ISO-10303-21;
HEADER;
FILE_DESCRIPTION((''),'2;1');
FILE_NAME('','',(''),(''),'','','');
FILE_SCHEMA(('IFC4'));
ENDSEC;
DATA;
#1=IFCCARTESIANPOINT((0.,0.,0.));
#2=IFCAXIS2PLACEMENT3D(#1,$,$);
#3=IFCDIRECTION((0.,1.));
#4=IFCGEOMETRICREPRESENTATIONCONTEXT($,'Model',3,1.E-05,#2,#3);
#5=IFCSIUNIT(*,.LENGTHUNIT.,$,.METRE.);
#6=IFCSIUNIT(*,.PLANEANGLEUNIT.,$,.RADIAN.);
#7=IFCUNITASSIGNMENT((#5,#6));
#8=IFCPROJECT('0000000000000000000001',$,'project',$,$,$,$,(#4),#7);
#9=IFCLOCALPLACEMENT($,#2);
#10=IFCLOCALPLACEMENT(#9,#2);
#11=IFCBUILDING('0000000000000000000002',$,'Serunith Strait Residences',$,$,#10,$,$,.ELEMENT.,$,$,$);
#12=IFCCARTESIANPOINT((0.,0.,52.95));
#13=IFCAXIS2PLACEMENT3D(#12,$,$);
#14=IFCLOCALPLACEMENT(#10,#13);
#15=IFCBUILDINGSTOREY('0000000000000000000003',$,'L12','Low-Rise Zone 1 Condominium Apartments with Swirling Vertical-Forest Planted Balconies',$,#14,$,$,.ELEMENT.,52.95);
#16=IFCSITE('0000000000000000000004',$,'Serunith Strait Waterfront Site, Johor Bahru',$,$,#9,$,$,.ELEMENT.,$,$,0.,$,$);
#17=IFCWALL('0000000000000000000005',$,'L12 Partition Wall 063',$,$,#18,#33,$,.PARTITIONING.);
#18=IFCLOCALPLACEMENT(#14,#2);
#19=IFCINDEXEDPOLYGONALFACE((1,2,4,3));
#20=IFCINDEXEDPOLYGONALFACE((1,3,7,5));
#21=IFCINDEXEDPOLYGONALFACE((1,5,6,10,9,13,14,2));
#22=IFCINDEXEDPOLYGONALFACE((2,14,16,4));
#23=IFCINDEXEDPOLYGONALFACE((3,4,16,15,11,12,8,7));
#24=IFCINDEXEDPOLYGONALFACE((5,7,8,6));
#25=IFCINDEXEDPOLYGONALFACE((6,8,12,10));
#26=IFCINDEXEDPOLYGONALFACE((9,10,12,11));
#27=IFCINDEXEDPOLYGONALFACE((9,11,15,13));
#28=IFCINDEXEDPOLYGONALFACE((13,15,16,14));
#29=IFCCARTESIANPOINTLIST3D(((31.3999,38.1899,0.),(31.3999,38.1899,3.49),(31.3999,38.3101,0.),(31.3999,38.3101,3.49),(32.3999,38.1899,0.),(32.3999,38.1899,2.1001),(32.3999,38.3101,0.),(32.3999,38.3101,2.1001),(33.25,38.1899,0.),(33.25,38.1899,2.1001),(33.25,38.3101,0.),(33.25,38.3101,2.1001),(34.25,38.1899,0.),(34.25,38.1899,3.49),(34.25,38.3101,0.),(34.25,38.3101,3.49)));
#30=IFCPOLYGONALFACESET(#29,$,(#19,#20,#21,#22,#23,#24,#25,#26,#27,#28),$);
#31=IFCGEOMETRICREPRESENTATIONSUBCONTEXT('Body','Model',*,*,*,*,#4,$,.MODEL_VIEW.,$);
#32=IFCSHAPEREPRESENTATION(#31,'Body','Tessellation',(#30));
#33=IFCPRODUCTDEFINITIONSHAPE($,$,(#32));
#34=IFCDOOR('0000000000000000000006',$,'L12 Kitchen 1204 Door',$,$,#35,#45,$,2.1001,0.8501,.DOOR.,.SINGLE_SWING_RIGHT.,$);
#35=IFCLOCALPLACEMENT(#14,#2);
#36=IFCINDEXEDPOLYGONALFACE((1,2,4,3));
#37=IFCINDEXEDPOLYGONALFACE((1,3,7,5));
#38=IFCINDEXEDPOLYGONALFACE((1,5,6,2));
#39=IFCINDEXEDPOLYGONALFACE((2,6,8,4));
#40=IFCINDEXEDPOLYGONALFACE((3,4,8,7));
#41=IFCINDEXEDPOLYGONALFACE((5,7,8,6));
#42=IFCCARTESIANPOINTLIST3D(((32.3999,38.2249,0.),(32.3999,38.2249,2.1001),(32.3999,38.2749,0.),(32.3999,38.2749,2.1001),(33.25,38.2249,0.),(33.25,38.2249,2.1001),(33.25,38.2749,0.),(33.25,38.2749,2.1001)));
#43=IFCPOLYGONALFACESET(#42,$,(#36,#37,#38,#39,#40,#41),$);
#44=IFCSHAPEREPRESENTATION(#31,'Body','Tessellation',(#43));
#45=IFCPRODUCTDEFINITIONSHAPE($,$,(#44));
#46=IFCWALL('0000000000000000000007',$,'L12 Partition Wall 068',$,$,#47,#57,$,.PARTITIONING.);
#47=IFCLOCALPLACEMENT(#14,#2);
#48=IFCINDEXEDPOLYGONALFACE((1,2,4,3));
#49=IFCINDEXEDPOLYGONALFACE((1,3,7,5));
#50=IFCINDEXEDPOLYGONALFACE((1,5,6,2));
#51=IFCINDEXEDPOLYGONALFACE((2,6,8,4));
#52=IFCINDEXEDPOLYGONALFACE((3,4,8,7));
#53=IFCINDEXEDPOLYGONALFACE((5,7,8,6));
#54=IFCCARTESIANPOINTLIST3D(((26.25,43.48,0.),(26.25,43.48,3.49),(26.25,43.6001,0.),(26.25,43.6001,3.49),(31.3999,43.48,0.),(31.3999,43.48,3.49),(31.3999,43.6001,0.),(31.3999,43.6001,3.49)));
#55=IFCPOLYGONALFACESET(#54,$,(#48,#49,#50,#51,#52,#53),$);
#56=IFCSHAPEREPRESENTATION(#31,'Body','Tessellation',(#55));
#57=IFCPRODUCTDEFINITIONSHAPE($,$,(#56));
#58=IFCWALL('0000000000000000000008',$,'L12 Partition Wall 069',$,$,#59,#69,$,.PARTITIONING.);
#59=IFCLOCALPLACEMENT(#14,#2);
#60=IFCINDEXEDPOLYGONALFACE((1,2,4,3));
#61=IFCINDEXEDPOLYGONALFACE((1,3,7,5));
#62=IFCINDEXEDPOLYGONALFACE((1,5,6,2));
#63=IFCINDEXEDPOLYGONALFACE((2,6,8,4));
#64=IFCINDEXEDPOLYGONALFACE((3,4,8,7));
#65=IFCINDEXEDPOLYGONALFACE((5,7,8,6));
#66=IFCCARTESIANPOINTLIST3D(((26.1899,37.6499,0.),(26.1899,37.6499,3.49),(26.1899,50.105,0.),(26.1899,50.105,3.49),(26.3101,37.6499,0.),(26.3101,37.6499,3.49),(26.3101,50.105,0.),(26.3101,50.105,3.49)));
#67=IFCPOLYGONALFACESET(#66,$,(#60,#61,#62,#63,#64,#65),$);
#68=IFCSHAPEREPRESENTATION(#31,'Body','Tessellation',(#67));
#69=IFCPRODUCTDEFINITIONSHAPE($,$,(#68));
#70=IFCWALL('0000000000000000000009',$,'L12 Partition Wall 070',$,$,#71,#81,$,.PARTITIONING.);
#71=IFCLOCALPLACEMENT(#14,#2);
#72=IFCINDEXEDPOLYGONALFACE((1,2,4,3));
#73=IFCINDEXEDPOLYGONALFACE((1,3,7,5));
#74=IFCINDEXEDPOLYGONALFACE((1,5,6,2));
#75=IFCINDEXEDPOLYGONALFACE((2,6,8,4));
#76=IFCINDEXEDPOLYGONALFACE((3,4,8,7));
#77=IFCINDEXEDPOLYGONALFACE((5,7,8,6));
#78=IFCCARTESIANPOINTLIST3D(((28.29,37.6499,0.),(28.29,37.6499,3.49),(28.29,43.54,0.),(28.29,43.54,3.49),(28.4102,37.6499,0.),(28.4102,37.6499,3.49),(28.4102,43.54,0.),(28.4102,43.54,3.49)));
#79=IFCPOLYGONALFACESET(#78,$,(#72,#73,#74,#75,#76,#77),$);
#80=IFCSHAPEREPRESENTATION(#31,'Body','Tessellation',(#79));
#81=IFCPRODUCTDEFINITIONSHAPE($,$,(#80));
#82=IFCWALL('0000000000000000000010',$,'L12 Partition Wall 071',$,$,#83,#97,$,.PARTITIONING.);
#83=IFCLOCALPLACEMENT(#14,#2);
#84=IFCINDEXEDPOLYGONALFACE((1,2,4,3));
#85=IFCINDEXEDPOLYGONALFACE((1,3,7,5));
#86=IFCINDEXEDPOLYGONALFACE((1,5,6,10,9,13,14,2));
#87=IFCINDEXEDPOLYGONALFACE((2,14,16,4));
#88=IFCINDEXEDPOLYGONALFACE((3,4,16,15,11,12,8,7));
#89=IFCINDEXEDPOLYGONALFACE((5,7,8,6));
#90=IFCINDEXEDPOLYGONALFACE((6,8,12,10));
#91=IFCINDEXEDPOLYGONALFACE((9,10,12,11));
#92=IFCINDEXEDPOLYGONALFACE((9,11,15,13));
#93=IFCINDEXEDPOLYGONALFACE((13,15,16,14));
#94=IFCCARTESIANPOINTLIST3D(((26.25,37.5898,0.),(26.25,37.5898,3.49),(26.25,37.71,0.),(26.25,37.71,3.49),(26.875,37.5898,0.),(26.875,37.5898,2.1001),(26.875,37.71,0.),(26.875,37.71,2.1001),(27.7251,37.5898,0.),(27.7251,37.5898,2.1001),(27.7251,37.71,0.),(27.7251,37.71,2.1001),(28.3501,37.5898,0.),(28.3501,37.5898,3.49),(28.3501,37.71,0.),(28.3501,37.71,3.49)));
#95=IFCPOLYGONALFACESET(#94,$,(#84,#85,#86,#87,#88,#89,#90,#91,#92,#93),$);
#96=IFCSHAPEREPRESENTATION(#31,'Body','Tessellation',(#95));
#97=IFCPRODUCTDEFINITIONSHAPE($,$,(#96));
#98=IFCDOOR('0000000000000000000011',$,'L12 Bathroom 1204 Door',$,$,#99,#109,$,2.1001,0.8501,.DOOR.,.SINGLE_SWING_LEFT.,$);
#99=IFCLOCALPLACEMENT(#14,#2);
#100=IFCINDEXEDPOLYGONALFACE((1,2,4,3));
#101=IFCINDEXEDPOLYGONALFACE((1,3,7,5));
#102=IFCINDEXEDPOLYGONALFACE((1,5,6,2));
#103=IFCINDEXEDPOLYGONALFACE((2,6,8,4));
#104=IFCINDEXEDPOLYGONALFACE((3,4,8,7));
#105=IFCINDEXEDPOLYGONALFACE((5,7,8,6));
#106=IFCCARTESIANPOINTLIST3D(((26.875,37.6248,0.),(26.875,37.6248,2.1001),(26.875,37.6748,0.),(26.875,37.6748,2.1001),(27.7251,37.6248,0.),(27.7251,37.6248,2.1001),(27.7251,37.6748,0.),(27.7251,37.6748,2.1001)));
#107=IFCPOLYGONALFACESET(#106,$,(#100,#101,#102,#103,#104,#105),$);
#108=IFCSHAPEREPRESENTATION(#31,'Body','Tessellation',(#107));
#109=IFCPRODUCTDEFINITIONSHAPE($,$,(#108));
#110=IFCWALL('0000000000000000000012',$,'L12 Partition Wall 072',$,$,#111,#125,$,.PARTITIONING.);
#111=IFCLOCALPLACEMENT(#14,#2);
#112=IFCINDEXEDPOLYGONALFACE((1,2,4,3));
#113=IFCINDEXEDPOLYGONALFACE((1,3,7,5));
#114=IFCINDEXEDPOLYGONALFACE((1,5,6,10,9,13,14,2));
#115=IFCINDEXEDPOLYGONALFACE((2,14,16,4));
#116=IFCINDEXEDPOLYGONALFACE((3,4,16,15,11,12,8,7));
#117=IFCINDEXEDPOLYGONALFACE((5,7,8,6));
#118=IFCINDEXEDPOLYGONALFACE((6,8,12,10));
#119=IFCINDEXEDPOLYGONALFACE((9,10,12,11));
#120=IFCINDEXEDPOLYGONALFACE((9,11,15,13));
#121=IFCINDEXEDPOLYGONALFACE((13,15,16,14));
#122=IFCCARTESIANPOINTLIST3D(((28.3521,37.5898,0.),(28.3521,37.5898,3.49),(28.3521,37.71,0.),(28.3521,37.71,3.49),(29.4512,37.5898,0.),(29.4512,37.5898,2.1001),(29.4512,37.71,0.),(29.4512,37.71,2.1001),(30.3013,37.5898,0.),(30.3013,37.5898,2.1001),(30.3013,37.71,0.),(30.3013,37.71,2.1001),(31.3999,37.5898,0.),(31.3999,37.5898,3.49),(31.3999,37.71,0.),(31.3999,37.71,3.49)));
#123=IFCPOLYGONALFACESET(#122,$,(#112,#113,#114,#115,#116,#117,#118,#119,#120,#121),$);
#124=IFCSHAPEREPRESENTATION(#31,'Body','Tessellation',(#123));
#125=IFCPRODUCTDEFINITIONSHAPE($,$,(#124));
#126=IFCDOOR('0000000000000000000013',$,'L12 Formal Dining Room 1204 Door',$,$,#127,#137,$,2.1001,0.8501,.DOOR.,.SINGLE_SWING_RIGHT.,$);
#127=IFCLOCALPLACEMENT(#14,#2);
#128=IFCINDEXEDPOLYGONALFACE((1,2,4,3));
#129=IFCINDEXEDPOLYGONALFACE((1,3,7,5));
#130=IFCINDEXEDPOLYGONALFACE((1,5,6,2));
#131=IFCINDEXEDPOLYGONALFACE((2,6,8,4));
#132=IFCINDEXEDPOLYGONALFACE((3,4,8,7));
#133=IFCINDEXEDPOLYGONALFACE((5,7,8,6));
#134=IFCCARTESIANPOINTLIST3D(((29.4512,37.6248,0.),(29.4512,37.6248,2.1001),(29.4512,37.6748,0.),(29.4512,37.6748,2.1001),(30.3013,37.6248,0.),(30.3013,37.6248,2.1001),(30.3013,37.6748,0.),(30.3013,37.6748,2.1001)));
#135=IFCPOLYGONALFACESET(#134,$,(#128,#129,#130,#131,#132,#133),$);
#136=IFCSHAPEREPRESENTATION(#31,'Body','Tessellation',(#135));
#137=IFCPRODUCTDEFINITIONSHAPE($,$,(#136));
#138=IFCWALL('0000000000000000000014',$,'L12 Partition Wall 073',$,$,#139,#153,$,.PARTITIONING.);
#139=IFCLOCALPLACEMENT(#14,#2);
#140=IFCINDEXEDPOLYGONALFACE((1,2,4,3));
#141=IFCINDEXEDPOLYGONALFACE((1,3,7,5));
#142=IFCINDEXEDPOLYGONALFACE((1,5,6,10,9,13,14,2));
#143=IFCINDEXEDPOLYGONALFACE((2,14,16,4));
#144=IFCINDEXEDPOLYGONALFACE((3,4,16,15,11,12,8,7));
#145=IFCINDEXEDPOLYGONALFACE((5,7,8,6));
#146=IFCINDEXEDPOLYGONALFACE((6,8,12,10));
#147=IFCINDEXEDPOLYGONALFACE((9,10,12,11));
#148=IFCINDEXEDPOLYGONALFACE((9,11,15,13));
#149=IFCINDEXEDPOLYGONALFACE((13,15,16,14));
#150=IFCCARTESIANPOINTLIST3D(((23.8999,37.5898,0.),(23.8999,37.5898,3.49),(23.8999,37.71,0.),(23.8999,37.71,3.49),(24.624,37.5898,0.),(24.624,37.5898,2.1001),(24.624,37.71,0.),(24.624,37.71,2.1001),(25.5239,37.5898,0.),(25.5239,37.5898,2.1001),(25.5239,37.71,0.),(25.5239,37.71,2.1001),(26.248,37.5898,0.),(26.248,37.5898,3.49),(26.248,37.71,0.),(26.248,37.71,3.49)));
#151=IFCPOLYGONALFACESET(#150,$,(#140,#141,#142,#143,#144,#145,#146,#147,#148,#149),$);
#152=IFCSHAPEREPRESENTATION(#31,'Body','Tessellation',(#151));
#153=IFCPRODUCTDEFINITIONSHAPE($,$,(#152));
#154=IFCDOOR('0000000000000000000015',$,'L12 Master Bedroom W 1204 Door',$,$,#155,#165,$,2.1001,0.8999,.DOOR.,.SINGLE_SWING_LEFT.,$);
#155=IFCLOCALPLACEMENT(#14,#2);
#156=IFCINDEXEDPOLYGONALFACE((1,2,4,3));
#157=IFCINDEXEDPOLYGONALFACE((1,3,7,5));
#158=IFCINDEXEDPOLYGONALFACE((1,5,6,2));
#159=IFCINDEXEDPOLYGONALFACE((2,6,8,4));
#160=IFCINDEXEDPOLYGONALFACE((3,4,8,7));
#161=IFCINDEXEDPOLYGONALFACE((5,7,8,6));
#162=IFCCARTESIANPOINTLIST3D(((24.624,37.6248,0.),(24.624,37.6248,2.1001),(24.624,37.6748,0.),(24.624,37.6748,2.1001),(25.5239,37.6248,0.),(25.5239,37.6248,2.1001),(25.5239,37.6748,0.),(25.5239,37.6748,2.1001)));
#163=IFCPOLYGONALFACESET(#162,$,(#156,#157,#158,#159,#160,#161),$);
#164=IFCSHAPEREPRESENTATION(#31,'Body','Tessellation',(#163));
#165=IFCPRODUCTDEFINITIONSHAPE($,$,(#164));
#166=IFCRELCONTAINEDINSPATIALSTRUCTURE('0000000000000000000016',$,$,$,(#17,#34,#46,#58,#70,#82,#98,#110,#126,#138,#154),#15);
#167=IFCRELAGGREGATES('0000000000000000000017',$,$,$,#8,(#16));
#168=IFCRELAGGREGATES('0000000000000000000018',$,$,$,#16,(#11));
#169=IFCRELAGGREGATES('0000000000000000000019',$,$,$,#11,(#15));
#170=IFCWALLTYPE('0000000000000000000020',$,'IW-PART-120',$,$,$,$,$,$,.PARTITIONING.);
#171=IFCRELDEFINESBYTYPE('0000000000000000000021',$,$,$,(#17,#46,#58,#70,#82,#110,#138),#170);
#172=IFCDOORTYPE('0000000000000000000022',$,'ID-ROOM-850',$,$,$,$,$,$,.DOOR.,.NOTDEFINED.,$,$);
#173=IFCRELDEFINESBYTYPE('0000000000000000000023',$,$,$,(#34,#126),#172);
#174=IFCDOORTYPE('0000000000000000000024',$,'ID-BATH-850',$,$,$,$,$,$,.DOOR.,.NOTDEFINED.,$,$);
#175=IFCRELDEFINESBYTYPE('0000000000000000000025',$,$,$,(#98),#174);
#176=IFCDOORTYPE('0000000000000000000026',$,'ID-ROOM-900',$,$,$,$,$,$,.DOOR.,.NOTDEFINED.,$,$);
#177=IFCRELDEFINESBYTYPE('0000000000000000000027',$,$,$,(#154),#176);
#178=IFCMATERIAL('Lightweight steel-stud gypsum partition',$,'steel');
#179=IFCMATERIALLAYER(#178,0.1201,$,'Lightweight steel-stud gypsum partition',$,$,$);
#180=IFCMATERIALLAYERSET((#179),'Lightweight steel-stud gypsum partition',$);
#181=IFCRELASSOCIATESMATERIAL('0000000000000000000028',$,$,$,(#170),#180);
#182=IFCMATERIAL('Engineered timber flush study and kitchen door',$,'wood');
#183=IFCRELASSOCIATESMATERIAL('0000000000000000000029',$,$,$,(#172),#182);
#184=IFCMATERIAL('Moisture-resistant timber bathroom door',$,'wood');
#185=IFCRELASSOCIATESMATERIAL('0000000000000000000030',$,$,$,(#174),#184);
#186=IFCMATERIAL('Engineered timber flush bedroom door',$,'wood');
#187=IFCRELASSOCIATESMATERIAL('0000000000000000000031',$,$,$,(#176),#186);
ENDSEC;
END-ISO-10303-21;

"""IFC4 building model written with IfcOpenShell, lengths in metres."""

from ifc_helpers import new_model, si_unit, direction, frame, frame_2d, origin, place, context, subcontext, project, spatial, rectangle, extrude, source, transform, mapped, material, layer, layer_set, type_object, element, fill, save


model = new_model("IFC4")

# Units and contexts
model_context = context("Model", 3, precision=1e-05, world=origin(), true_north=direction((0.0, 1.0)))
body_context = subcontext(model_context, "Body", "Model", "MODEL_VIEW")
ifc_project = project(units=[si_unit("LENGTHUNIT", "METRE"), si_unit("PLANEANGLEUNIT", "RADIAN")], contexts=[model_context])

# Site, building, storey
site_placement = place(None, origin())
site = spatial("IfcSite", under=ifc_project, at=site_placement, Name="Serunith Strait Waterfront Site, Johor Bahru", CompositionType="ELEMENT", RefElevation=0.0)
building_placement = place(site_placement, origin())
building = spatial("IfcBuilding", under=site, at=building_placement, Name="Serunith Strait Residences", CompositionType="ELEMENT")
storey_placement = place(building_placement, frame((0.0, 0.0, 52.95)))
storey = spatial("IfcBuildingStorey", under=building, at=storey_placement, Name="L12", Description="Low-Rise Zone 1 Condominium Apartments with Swirling Vertical-Forest Planted Balconies", CompositionType="ELEMENT", Elevation=52.95)

# Wall, opening, door
ifc_material_1 = material(Name="Lightweight steel-stud gypsum partition", Category="steel")
ifc_layer_1 = layer(ifc_material_1, 0.1201, Name="Lightweight steel-stud gypsum partition")
ifc_layer_set_1 = layer_set([ifc_layer_1], Name="Lightweight steel-stud gypsum partition")
wall_type = type_object("IfcWallType", Name="IW-PART-120", PredefinedType="PARTITIONING", material=ifc_layer_set_1)
wall_1_placement = place(storey_placement, frame((31.3999, 38.25, 0.0), z_axis=(0.0, 0.0, 1.0), x_axis=(1.0, 0.0, 0.0)))
wall_1 = element("IfcWall", 1, at=wall_1_placement, inside=storey, type_object=wall_type, Name="L12 Partition Wall 063", PredefinedType="PARTITIONING", context=body_context, shape_type="SweptSolid", body=[
    extrude(rectangle(XDim=2.8501, YDim=0.1201, at=frame_2d((1.425, 0.0))), origin(), (0.0, 0.0, 1.0), 3.49),
])
opening_1_placement = place(wall_1_placement, frame((1.0, 0.0, 0.0)))
opening_1 = element("IfcOpeningElement", 2, at=opening_1_placement, cuts=wall_1, PredefinedType="OPENING", context=body_context, shape_type="SweptSolid", body=[
    extrude(rectangle(XDim=0.8501, YDim=2.1001, at=frame_2d((0.425, 1.05))), frame((0.0, 0.0701, 0.0), z_axis=(0.0, -1.0, 0.0), x_axis=(1.0, 0.0, 0.0)), (0.0, 0.0, 1.0), 0.1401),
])
ifc_material_2 = material(Name="Engineered timber flush study and kitchen door", Category="wood")
door_type_1 = type_object("IfcDoorType", Name="ID-ROOM-850", OperationType="NOTDEFINED", PredefinedType="DOOR", material=ifc_material_2)
shared_shape_1 = source(origin(), body_context, "Body", "SweptSolid", [
    extrude(rectangle(XDim=0.8501, YDim=2.1001, at=frame_2d((0.425, 1.05))), frame((0.0, 0.0249, 0.0), z_axis=(0.0, -1.0, 0.0), x_axis=(1.0, 0.0, 0.0)), (0.0, 0.0, 1.0), 0.05),
])
door_1_placement = place(opening_1_placement, origin())
door_1 = element("IfcDoor", 3, at=door_1_placement, inside=storey, type_object=door_type_1, Name="L12 Kitchen 1204 Door", OperationType="SINGLE_SWING_RIGHT", OverallHeight=2.1001, OverallWidth=0.8501, PredefinedType="DOOR", context=body_context, shape_type="MappedRepresentation", body=[
    mapped(shared_shape_1, transform((0.0, 0.0, 0.0), scale=1.0)),
])
fill(opening_1, door_1)

# Walls
wall_2_placement = place(storey_placement, frame((26.25, 43.54, 0.0), z_axis=(0.0, 0.0, 1.0), x_axis=(1.0, 0.0, 0.0)))
element("IfcWall", 4, at=wall_2_placement, inside=storey, type_object=wall_type, Name="L12 Partition Wall 068", PredefinedType="PARTITIONING", context=body_context, shape_type="SweptSolid", body=[
    extrude(rectangle(XDim=5.1499, YDim=0.1201, at=frame_2d((2.575, 0.0))), origin(), (0.0, 0.0, 1.0), 3.49),
])
wall_3_placement = place(storey_placement, frame((26.25, 50.105, 0.0), z_axis=(0.0, 0.0, 1.0), x_axis=(0.0, -1.0, 0.0)))
element("IfcWall", 5, at=wall_3_placement, inside=storey, type_object=wall_type, Name="L12 Partition Wall 069", PredefinedType="PARTITIONING", context=body_context, shape_type="SweptSolid", body=[
    extrude(rectangle(XDim=12.4551, YDim=0.1201, at=frame_2d((6.2275, 0.0))), origin(), (0.0, 0.0, 1.0), 3.49),
])
wall_4_placement = place(storey_placement, frame((28.3501, 43.54, 0.0), z_axis=(0.0, 0.0, 1.0), x_axis=(0.0, -1.0, 0.0)))
element("IfcWall", 6, at=wall_4_placement, inside=storey, type_object=wall_type, Name="L12 Partition Wall 070", PredefinedType="PARTITIONING", context=body_context, shape_type="SweptSolid", body=[
    extrude(rectangle(XDim=5.8901, YDim=0.1201, at=frame_2d((2.9451, 0.0))), origin(), (0.0, 0.0, 1.0), 3.49),
])

# Walls, openings, doors
wall_5_placement = place(storey_placement, frame((26.25, 37.6499, 0.0), z_axis=(0.0, 0.0, 1.0), x_axis=(1.0, 0.0, 0.0)))
wall_5 = element("IfcWall", 7, at=wall_5_placement, inside=storey, type_object=wall_type, Name="L12 Partition Wall 071", PredefinedType="PARTITIONING", context=body_context, shape_type="SweptSolid", body=[
    extrude(rectangle(XDim=2.1001, YDim=0.1201, at=frame_2d((1.05, 0.0))), origin(), (0.0, 0.0, 1.0), 3.49),
])
opening_2_placement = place(wall_5_placement, frame((0.625, 0.0, 0.0)))
opening_2 = element("IfcOpeningElement", 8, at=opening_2_placement, cuts=wall_5, PredefinedType="OPENING", context=body_context, shape_type="SweptSolid", body=[
    extrude(rectangle(XDim=0.8501, YDim=2.1001, at=frame_2d((0.425, 1.05))), frame((0.0, 0.0701, 0.0), z_axis=(0.0, -1.0, 0.0), x_axis=(1.0, 0.0, 0.0)), (0.0, 0.0, 1.0), 0.1401),
])
ifc_material_3 = material(Name="Moisture-resistant timber bathroom door", Category="wood")
door_type_2 = type_object("IfcDoorType", Name="ID-BATH-850", OperationType="NOTDEFINED", PredefinedType="DOOR", material=ifc_material_3)
door_2_placement = place(opening_2_placement, origin())
door_2 = element("IfcDoor", 9, at=door_2_placement, inside=storey, type_object=door_type_2, Name="L12 Bathroom 1204 Door", OperationType="SINGLE_SWING_LEFT", OverallHeight=2.1001, OverallWidth=0.8501, PredefinedType="DOOR", context=body_context, shape_type="MappedRepresentation", body=[
    mapped(shared_shape_1, transform((0.0, 0.0, 0.0), scale=1.0)),
])
fill(opening_2, door_2)
wall_6_placement = place(storey_placement, frame((28.3521, 37.6499, 0.0), z_axis=(0.0, 0.0, 1.0), x_axis=(1.0, 0.0, 0.0)))
wall_6 = element("IfcWall", 10, at=wall_6_placement, inside=storey, type_object=wall_type, Name="L12 Partition Wall 072", PredefinedType="PARTITIONING", context=body_context, shape_type="SweptSolid", body=[
    extrude(rectangle(XDim=3.0479, YDim=0.1201, at=frame_2d((1.5239, 0.0))), origin(), (0.0, 0.0, 1.0), 3.49),
])
opening_3_placement = place(wall_6_placement, frame((1.0991, 0.0, 0.0)))
opening_3 = element("IfcOpeningElement", 11, at=opening_3_placement, cuts=wall_6, PredefinedType="OPENING", context=body_context, shape_type="SweptSolid", body=[
    extrude(rectangle(XDim=0.8501, YDim=2.1001, at=frame_2d((0.425, 1.05))), frame((0.0, 0.0701, 0.0), z_axis=(0.0, -1.0, 0.0), x_axis=(1.0, 0.0, 0.0)), (0.0, 0.0, 1.0), 0.1401),
])
door_3_placement = place(opening_3_placement, origin())
door_3 = element("IfcDoor", 12, at=door_3_placement, inside=storey, type_object=door_type_1, Name="L12 Formal Dining Room 1204 Door", OperationType="SINGLE_SWING_RIGHT", OverallHeight=2.1001, OverallWidth=0.8501, PredefinedType="DOOR", context=body_context, shape_type="MappedRepresentation", body=[
    mapped(shared_shape_1, transform((0.0, 0.0, 0.0), scale=1.0)),
])
fill(opening_3, door_3)
wall_7_placement = place(storey_placement, frame((23.8999, 37.6499, 0.0), z_axis=(0.0, 0.0, 1.0), x_axis=(1.0, 0.0, 0.0)))
wall_7 = element("IfcWall", 13, at=wall_7_placement, inside=storey, type_object=wall_type, Name="L12 Partition Wall 073", PredefinedType="PARTITIONING", context=body_context, shape_type="SweptSolid", body=[
    extrude(rectangle(XDim=2.3481, YDim=0.1201, at=frame_2d((1.1741, 0.0))), origin(), (0.0, 0.0, 1.0), 3.49),
])
opening_4_placement = place(wall_7_placement, frame((0.7241, 0.0, 0.0)))
opening_4 = element("IfcOpeningElement", 14, at=opening_4_placement, cuts=wall_7, PredefinedType="OPENING", context=body_context, shape_type="SweptSolid", body=[
    extrude(rectangle(XDim=0.8999, YDim=2.1001, at=frame_2d((0.45, 1.05))), frame((0.0, 0.0701, 0.0), z_axis=(0.0, -1.0, 0.0), x_axis=(1.0, 0.0, 0.0)), (0.0, 0.0, 1.0), 0.1401),
])
ifc_material_4 = material(Name="Engineered timber flush bedroom door", Category="wood")
door_type_3 = type_object("IfcDoorType", Name="ID-ROOM-900", OperationType="NOTDEFINED", PredefinedType="DOOR", material=ifc_material_4)
shared_shape_2 = source(origin(), body_context, "Body", "SweptSolid", [
    extrude(rectangle(XDim=0.8999, YDim=2.1001, at=frame_2d((0.45, 1.05))), frame((0.0, 0.0249, 0.0), z_axis=(0.0, -1.0, 0.0), x_axis=(1.0, 0.0, 0.0)), (0.0, 0.0, 1.0), 0.05),
])
door_4_placement = place(opening_4_placement, origin())
door_4 = element("IfcDoor", 15, at=door_4_placement, inside=storey, type_object=door_type_3, Name="L12 Master Bedroom W 1204 Door", OperationType="SINGLE_SWING_LEFT", OverallHeight=2.1001, OverallWidth=0.8999, PredefinedType="DOOR", context=body_context, shape_type="MappedRepresentation", body=[
    mapped(shared_shape_2, transform((0.0, 0.0, 0.0), scale=1.0)),
])
fill(opening_4, door_4)

save(model, "model.ifc")
